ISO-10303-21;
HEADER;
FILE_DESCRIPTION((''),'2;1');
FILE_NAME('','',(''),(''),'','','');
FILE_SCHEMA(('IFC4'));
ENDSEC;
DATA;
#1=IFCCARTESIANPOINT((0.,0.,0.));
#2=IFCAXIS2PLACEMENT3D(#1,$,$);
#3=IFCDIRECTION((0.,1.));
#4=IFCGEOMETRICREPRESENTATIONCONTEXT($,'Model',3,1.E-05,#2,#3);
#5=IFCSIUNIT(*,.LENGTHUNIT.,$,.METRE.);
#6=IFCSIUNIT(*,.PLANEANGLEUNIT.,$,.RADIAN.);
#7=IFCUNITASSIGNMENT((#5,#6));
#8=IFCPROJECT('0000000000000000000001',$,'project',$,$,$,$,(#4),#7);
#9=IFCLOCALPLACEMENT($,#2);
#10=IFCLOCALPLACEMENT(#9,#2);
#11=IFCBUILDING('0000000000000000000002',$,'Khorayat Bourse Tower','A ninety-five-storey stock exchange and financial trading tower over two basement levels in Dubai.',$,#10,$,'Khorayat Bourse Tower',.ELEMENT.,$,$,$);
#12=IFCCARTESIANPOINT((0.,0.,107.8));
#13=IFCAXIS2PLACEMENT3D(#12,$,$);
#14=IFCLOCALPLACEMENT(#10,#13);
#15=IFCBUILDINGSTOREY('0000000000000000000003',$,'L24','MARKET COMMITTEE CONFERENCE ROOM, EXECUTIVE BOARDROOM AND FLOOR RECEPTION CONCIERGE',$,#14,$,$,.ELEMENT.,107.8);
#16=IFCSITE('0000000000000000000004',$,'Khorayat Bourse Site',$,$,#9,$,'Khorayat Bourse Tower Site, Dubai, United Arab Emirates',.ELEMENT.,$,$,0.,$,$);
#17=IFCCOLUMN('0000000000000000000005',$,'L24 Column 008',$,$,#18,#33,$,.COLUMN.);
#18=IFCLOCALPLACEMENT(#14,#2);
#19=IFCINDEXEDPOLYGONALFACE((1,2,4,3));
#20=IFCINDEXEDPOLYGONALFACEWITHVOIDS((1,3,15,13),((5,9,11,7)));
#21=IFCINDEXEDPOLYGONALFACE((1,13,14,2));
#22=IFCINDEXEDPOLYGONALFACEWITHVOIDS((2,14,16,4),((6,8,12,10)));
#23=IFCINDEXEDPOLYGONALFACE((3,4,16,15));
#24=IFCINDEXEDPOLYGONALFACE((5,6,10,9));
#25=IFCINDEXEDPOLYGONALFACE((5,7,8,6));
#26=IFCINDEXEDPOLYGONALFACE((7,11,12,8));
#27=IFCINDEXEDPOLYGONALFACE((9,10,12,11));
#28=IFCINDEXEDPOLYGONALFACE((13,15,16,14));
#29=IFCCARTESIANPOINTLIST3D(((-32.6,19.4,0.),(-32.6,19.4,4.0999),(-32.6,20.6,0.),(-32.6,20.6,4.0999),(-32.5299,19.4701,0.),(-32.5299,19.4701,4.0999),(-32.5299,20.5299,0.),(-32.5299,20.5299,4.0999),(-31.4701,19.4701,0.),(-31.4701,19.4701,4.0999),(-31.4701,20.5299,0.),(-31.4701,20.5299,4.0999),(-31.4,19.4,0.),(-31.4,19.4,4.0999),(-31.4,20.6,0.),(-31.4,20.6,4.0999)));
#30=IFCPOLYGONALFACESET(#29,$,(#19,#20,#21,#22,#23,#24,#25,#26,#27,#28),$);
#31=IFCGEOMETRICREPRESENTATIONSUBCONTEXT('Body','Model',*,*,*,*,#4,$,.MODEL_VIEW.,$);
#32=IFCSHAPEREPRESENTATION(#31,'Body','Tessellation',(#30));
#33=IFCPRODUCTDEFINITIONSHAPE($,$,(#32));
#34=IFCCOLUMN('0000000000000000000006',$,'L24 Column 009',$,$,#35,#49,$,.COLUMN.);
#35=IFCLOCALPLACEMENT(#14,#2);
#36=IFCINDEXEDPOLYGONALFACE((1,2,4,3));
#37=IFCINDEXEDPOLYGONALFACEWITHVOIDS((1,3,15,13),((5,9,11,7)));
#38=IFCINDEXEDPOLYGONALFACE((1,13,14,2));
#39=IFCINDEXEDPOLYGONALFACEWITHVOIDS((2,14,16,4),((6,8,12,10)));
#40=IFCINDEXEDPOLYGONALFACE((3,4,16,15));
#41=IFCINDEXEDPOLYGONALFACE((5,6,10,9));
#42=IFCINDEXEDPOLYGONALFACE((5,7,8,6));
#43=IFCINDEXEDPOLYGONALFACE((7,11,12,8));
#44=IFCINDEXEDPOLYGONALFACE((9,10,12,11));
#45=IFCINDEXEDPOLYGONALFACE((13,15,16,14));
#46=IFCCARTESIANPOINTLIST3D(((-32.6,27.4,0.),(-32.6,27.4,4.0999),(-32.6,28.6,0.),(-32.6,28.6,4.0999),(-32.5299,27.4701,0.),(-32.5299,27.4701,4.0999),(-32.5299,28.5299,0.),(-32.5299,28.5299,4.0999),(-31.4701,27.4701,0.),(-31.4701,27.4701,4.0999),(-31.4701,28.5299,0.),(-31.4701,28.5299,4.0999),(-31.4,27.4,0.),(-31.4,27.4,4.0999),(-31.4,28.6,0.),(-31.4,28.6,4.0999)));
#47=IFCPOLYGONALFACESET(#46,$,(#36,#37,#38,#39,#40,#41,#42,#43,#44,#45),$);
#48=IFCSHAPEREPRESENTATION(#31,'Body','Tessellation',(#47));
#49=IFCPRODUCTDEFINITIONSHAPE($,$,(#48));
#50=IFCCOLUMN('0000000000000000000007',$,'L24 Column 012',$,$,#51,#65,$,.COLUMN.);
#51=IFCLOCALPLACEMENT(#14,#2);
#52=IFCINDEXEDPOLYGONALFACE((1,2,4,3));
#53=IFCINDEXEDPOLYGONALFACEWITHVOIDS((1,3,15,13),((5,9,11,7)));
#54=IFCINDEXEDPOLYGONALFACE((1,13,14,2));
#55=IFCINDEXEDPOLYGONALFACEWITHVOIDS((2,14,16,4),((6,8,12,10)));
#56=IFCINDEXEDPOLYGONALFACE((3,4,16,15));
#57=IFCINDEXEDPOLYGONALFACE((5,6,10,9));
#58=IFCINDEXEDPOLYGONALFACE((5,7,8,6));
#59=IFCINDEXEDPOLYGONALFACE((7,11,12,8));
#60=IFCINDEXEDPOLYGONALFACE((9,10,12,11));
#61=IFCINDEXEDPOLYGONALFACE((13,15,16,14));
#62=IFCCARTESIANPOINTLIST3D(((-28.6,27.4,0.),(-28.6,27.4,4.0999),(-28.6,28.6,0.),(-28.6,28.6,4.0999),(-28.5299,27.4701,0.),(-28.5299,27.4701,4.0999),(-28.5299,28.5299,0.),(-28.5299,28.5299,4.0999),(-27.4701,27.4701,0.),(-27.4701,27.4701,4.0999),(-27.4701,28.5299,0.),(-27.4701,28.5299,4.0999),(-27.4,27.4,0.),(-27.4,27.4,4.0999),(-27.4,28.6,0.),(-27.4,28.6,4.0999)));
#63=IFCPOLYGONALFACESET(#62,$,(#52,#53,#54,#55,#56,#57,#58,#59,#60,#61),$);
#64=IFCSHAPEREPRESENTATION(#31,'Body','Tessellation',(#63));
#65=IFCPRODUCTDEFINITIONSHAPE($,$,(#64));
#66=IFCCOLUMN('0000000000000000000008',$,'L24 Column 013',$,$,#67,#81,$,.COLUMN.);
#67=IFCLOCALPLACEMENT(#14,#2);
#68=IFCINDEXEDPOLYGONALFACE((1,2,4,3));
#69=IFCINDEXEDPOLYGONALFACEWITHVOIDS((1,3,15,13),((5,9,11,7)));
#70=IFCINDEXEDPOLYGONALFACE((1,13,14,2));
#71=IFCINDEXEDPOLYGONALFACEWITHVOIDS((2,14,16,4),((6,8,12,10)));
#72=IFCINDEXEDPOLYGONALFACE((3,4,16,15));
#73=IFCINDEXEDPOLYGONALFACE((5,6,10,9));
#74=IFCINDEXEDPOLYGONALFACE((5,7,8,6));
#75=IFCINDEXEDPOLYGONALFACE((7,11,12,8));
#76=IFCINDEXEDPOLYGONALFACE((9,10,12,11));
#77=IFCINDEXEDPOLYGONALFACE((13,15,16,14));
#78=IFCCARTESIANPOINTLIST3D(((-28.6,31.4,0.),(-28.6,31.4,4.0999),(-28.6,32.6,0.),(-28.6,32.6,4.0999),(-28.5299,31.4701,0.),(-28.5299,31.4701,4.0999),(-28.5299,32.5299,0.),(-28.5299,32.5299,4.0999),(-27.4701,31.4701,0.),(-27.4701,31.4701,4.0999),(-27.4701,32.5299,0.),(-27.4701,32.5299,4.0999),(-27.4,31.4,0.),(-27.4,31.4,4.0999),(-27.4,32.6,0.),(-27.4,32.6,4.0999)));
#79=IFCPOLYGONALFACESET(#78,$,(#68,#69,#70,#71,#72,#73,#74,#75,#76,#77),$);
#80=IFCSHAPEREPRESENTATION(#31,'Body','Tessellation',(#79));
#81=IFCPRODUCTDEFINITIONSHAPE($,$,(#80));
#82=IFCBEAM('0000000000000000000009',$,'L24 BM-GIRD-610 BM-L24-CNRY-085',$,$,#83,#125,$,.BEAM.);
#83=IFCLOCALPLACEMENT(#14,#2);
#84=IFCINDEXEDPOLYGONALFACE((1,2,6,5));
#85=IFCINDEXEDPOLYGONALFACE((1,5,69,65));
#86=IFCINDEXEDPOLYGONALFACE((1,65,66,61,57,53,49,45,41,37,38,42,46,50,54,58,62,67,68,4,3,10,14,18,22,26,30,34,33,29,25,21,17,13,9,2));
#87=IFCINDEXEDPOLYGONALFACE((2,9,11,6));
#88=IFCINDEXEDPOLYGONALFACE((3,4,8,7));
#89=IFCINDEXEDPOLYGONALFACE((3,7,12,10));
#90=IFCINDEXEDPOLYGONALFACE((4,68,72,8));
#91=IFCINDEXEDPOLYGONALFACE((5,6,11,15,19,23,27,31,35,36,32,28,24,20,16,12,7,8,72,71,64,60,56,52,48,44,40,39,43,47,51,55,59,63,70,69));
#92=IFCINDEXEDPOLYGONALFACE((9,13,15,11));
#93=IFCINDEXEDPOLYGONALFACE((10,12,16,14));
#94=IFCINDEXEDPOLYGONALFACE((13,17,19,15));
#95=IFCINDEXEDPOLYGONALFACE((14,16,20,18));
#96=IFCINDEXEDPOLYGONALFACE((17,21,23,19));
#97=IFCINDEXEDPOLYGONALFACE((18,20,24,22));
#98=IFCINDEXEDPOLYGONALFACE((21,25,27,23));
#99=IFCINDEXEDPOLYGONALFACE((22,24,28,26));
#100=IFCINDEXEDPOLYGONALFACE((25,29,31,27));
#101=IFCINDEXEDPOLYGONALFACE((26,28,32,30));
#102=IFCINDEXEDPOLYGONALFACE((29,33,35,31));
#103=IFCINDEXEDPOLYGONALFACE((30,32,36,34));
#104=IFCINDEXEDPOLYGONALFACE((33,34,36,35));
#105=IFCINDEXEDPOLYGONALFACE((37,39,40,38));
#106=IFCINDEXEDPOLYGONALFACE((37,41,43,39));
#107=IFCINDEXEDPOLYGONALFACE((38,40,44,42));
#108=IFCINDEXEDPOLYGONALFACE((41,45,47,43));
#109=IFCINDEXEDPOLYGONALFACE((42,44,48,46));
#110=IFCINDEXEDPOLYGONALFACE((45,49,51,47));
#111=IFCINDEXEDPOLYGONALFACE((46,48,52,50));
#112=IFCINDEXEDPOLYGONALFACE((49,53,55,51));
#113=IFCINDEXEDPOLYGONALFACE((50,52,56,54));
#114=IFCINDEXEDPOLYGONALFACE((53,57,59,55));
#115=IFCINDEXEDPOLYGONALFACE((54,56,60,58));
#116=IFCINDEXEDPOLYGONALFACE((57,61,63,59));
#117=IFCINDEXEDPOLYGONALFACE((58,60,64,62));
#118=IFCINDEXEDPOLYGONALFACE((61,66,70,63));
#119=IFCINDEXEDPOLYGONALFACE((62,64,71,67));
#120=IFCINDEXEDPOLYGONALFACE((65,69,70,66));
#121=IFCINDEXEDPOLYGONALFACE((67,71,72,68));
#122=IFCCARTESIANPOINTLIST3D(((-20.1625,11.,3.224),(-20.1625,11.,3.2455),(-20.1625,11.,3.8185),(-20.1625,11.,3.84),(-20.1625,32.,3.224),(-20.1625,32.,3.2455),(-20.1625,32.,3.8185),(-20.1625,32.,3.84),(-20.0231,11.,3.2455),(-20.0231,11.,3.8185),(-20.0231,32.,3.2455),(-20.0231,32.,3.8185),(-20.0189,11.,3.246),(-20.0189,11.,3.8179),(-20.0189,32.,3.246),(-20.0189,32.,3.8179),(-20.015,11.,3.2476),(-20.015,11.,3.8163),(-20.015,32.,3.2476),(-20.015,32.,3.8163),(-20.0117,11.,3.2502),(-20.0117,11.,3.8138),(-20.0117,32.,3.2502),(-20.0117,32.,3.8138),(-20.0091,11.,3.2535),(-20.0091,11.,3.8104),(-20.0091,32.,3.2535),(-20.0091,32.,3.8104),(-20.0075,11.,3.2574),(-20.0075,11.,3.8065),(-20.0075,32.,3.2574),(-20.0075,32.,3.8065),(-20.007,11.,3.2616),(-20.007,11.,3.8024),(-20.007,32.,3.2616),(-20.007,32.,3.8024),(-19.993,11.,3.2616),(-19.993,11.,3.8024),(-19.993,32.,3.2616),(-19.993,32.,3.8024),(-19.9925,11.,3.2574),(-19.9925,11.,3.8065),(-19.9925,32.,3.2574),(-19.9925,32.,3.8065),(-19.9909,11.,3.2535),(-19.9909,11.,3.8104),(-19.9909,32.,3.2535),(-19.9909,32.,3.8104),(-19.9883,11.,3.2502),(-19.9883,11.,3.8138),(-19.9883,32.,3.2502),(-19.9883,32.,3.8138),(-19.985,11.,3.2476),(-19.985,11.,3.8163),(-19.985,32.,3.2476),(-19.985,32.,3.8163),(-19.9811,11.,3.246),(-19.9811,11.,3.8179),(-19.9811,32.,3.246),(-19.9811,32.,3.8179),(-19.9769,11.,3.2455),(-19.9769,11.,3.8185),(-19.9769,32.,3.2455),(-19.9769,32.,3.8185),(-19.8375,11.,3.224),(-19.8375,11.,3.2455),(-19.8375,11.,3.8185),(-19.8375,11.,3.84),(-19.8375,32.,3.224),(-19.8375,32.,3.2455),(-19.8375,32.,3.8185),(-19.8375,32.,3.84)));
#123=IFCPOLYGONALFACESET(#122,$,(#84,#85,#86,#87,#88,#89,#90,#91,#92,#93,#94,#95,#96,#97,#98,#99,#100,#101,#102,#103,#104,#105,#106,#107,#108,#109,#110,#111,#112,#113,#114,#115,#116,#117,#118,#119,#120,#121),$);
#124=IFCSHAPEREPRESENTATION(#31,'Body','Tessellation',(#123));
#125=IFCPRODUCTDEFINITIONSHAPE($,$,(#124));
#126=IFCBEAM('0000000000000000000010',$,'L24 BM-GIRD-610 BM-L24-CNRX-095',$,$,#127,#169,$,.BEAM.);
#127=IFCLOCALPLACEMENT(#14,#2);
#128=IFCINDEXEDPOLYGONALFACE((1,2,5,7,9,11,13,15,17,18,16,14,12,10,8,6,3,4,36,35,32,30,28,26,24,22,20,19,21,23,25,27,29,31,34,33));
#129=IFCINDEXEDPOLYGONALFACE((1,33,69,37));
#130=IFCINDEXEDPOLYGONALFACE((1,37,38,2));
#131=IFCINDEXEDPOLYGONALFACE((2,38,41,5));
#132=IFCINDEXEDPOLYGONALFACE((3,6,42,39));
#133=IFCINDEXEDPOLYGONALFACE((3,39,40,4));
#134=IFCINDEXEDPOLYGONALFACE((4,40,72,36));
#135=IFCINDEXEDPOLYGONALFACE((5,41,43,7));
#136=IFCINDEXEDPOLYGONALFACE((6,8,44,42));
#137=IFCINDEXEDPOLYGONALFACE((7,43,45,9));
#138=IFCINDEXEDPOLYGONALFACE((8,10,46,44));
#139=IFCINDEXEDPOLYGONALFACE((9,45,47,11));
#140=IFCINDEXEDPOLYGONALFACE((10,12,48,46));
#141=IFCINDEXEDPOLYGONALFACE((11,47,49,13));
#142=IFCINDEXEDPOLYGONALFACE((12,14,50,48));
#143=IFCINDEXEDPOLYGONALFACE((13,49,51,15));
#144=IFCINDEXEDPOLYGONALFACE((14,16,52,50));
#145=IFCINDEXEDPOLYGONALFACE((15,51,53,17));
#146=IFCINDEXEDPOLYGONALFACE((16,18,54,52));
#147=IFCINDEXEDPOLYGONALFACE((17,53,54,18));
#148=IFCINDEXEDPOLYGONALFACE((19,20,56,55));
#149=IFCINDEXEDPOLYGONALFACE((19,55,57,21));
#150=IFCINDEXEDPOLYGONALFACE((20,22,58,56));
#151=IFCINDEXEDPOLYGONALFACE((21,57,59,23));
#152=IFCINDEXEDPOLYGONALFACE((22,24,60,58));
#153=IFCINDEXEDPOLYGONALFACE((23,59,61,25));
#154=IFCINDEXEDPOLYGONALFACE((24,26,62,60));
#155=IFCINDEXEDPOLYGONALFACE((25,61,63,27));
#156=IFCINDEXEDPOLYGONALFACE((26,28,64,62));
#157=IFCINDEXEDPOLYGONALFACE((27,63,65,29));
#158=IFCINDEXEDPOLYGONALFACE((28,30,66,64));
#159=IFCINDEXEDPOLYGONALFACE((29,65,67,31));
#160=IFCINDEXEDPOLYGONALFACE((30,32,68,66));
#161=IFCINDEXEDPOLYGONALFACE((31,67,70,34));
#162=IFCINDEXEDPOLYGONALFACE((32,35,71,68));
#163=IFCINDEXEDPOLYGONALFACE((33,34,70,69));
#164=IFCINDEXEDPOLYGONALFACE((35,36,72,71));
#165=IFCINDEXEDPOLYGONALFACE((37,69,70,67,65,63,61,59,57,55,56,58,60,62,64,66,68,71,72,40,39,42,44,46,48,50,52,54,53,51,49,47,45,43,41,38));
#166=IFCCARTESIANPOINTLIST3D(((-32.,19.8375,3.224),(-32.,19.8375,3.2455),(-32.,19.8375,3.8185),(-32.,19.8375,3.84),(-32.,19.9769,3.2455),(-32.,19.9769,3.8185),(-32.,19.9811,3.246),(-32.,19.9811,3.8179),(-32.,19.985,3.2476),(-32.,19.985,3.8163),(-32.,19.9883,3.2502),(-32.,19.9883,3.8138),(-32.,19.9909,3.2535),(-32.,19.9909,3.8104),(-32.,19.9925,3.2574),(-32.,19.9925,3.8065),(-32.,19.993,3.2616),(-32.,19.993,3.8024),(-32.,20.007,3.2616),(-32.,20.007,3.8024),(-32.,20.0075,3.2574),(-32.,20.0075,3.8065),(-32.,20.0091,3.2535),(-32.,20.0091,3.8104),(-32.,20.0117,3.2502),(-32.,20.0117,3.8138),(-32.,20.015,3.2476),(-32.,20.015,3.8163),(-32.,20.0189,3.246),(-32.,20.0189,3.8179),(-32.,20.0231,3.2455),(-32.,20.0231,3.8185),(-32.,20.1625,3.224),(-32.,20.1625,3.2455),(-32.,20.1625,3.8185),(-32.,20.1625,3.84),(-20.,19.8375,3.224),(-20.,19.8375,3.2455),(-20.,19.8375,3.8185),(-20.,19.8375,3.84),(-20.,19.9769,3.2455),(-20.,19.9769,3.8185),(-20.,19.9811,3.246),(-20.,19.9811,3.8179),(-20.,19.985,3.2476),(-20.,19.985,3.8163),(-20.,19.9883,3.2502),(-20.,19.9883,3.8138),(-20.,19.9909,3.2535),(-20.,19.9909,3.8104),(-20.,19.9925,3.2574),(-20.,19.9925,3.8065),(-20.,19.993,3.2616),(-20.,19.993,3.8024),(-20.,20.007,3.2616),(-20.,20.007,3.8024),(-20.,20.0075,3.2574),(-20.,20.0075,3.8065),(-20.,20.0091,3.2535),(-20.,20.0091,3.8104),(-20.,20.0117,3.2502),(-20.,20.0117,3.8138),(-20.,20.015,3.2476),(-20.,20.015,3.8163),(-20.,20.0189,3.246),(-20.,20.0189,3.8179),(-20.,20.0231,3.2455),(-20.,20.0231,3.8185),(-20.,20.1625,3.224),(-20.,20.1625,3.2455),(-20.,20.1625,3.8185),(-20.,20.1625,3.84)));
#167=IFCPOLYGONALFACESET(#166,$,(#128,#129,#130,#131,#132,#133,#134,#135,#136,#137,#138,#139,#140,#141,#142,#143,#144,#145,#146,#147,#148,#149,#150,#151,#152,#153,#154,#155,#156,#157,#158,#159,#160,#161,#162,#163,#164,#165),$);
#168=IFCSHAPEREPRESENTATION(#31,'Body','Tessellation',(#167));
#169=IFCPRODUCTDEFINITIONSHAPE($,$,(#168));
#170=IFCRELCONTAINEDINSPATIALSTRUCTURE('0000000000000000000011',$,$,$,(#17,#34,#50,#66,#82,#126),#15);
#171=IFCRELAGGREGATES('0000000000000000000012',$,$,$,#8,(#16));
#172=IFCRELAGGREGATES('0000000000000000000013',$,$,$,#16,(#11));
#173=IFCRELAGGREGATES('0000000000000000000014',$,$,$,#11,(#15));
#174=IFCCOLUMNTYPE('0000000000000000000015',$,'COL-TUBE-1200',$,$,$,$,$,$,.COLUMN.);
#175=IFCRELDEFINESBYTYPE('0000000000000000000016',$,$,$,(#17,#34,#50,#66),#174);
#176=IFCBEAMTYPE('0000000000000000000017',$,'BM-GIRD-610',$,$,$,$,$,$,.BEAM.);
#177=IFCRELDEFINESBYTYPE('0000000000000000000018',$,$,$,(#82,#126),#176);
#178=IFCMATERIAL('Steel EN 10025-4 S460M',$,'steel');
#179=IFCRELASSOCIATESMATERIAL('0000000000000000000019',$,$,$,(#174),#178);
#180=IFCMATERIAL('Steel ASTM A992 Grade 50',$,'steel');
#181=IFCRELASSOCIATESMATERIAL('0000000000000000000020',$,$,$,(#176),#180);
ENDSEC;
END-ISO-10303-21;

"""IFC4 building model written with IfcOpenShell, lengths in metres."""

from ifc_helpers import new_model, si_unit, direction, frame, origin, origin_2d, place, context, subcontext, project, spatial, hollow_rectangle, i_section, extrude, source, transform, mapped, material, material_profile, profile_set, type_object, element, save


model = new_model("IFC4")

# Units and contexts
model_context = context("Model", 3, precision=1e-05, world=origin(), true_north=direction((0.0, 1.0)))
body_context = subcontext(model_context, "Body", "Model", "MODEL_VIEW")
ifc_project = project(units=[si_unit("LENGTHUNIT", "METRE"), si_unit("PLANEANGLEUNIT", "RADIAN")], contexts=[model_context])

# Site, building, storey
site_placement = place(None, origin())
site = spatial("IfcSite", under=ifc_project, at=site_placement, Name="Khorayat Bourse Site", LongName="Khorayat Bourse Tower Site, Dubai, United Arab Emirates", CompositionType="ELEMENT", RefElevation=0.0)
building_placement = place(site_placement, origin())
building = spatial("IfcBuilding", under=site, at=building_placement, Name="Khorayat Bourse Tower", Description="A ninety-five-storey stock exchange and financial trading tower over two basement levels in Dubai.", LongName="Khorayat Bourse Tower", CompositionType="ELEMENT")
storey_placement = place(building_placement, frame((0.0, 0.0, 107.8)))
storey = spatial("IfcBuildingStorey", under=building, at=storey_placement, Name="L24", Description="MARKET COMMITTEE CONFERENCE ROOM, EXECUTIVE BOARDROOM AND FLOOR RECEPTION CONCIERGE", CompositionType="ELEMENT", Elevation=107.8)

# Columns
ifc_material_1 = material(Name="Steel EN 10025-4 S460M", Category="steel")
ifc_material_profile_1 = material_profile(ifc_material_1, hollow_rectangle(XDim=1.2, YDim=1.2, WallThickness=0.0701, at=origin_2d()), Name="BOX 1200x1200x70")
ifc_profile_set_1 = profile_set([ifc_material_profile_1], Name="Steel EN 10025-4 S460M")
column_type = type_object("IfcColumnType", Name="COL-TUBE-1200", PredefinedType="COLUMN", material=ifc_profile_set_1)
shared_shape_1 = source(origin(), body_context, "Body", "SweptSolid", [
    extrude(hollow_rectangle(XDim=1.2, YDim=1.2, WallThickness=0.0701, at=origin_2d()), origin(), (0.0, 0.0, 1.0), 4.0999),
])
for number, where, z_axis, x_axis, name in (
    (1, (-32.0, 20.0, 0.0), (0.0, 0.0, 1.0), (1.0, 0.0, 0.0), "L24 Column 008"),
    (2, (-32.0, 28.0, 0.0), (0.0, 0.0, 1.0), (1.0, 0.0, 0.0), "L24 Column 009"),
    (3, (-28.0, 28.0, 0.0), (0.0, 0.0, 1.0), (1.0, 0.0, 0.0), "L24 Column 012"),
    (4, (-28.0, 32.0, 0.0), (0.0, 0.0, 1.0), (1.0, 0.0, 0.0), "L24 Column 013"),
):
    element("IfcColumn", number, at=place(storey_placement, frame(where, z_axis=z_axis, x_axis=x_axis)), inside=storey, type_object=column_type, Name=name, PredefinedType="COLUMN", context=body_context, shape_type="MappedRepresentation", body=[
        mapped(shared_shape_1, transform((0.0, 0.0, 0.0), scale=1.0)),
    ])

# Beams
ifc_material_2 = material(Name="Steel ASTM A992 Grade 50", Category="steel")
ifc_material_profile_2 = material_profile(ifc_material_2, i_section(OverallWidth=0.325, OverallDepth=0.616, WebThickness=0.0139, FlangeThickness=0.0215, FilletRadius=0.0161, at=origin_2d()), Name="W610X174")
ifc_profile_set_2 = profile_set([ifc_material_profile_2], Name="Steel ASTM A992 Grade 50")
beam_type_1 = type_object("IfcBeamType", Name="BM-GIRD-610", PredefinedType="BEAM", material=ifc_profile_set_2)
shared_shape_2 = source(origin(), body_context, "Body", "SweptSolid", [
    extrude(i_section(OverallWidth=0.325, OverallDepth=0.616, WebThickness=0.0139, FlangeThickness=0.0215, FilletRadius=0.0161, at=origin_2d()), origin(), (0.0, 0.0, 1.0), 21.0),
])
beam_1_placement = place(storey_placement, frame((-20.0, 11.0, 3.532), z_axis=(0.0, 1.0, 0.0), x_axis=(-1.0, 0.0, 0.0)))
element("IfcBeam", 5, at=beam_1_placement, inside=storey, type_object=beam_type_1, Name="L24 BM-GIRD-610 BM-L24-CNRY-085", PredefinedType="BEAM", context=body_context, shape_type="MappedRepresentation", body=[
    mapped(shared_shape_2, transform((0.0, 0.0, 0.0), scale=1.0)),
])
shared_shape_3 = source(origin(), body_context, "Body", "SweptSolid", [
    extrude(i_section(OverallWidth=0.325, OverallDepth=0.616, WebThickness=0.0139, FlangeThickness=0.0215, FilletRadius=0.0161, at=origin_2d()), origin(), (0.0, 0.0, 1.0), 12.0),
])
beam_2_placement = place(storey_placement, frame((-32.0, 20.0, 3.532), z_axis=(1.0, 0.0, 0.0), x_axis=(0.0, 1.0, 0.0)))
element("IfcBeam", 6, at=beam_2_placement, inside=storey, type_object=beam_type_1, Name="L24 BM-GIRD-610 BM-L24-CNRX-095", PredefinedType="BEAM", context=body_context, shape_type="MappedRepresentation", body=[
    mapped(shared_shape_3, transform((0.0, 0.0, 0.0), scale=1.0)),
])

save(model, "model.ifc")
